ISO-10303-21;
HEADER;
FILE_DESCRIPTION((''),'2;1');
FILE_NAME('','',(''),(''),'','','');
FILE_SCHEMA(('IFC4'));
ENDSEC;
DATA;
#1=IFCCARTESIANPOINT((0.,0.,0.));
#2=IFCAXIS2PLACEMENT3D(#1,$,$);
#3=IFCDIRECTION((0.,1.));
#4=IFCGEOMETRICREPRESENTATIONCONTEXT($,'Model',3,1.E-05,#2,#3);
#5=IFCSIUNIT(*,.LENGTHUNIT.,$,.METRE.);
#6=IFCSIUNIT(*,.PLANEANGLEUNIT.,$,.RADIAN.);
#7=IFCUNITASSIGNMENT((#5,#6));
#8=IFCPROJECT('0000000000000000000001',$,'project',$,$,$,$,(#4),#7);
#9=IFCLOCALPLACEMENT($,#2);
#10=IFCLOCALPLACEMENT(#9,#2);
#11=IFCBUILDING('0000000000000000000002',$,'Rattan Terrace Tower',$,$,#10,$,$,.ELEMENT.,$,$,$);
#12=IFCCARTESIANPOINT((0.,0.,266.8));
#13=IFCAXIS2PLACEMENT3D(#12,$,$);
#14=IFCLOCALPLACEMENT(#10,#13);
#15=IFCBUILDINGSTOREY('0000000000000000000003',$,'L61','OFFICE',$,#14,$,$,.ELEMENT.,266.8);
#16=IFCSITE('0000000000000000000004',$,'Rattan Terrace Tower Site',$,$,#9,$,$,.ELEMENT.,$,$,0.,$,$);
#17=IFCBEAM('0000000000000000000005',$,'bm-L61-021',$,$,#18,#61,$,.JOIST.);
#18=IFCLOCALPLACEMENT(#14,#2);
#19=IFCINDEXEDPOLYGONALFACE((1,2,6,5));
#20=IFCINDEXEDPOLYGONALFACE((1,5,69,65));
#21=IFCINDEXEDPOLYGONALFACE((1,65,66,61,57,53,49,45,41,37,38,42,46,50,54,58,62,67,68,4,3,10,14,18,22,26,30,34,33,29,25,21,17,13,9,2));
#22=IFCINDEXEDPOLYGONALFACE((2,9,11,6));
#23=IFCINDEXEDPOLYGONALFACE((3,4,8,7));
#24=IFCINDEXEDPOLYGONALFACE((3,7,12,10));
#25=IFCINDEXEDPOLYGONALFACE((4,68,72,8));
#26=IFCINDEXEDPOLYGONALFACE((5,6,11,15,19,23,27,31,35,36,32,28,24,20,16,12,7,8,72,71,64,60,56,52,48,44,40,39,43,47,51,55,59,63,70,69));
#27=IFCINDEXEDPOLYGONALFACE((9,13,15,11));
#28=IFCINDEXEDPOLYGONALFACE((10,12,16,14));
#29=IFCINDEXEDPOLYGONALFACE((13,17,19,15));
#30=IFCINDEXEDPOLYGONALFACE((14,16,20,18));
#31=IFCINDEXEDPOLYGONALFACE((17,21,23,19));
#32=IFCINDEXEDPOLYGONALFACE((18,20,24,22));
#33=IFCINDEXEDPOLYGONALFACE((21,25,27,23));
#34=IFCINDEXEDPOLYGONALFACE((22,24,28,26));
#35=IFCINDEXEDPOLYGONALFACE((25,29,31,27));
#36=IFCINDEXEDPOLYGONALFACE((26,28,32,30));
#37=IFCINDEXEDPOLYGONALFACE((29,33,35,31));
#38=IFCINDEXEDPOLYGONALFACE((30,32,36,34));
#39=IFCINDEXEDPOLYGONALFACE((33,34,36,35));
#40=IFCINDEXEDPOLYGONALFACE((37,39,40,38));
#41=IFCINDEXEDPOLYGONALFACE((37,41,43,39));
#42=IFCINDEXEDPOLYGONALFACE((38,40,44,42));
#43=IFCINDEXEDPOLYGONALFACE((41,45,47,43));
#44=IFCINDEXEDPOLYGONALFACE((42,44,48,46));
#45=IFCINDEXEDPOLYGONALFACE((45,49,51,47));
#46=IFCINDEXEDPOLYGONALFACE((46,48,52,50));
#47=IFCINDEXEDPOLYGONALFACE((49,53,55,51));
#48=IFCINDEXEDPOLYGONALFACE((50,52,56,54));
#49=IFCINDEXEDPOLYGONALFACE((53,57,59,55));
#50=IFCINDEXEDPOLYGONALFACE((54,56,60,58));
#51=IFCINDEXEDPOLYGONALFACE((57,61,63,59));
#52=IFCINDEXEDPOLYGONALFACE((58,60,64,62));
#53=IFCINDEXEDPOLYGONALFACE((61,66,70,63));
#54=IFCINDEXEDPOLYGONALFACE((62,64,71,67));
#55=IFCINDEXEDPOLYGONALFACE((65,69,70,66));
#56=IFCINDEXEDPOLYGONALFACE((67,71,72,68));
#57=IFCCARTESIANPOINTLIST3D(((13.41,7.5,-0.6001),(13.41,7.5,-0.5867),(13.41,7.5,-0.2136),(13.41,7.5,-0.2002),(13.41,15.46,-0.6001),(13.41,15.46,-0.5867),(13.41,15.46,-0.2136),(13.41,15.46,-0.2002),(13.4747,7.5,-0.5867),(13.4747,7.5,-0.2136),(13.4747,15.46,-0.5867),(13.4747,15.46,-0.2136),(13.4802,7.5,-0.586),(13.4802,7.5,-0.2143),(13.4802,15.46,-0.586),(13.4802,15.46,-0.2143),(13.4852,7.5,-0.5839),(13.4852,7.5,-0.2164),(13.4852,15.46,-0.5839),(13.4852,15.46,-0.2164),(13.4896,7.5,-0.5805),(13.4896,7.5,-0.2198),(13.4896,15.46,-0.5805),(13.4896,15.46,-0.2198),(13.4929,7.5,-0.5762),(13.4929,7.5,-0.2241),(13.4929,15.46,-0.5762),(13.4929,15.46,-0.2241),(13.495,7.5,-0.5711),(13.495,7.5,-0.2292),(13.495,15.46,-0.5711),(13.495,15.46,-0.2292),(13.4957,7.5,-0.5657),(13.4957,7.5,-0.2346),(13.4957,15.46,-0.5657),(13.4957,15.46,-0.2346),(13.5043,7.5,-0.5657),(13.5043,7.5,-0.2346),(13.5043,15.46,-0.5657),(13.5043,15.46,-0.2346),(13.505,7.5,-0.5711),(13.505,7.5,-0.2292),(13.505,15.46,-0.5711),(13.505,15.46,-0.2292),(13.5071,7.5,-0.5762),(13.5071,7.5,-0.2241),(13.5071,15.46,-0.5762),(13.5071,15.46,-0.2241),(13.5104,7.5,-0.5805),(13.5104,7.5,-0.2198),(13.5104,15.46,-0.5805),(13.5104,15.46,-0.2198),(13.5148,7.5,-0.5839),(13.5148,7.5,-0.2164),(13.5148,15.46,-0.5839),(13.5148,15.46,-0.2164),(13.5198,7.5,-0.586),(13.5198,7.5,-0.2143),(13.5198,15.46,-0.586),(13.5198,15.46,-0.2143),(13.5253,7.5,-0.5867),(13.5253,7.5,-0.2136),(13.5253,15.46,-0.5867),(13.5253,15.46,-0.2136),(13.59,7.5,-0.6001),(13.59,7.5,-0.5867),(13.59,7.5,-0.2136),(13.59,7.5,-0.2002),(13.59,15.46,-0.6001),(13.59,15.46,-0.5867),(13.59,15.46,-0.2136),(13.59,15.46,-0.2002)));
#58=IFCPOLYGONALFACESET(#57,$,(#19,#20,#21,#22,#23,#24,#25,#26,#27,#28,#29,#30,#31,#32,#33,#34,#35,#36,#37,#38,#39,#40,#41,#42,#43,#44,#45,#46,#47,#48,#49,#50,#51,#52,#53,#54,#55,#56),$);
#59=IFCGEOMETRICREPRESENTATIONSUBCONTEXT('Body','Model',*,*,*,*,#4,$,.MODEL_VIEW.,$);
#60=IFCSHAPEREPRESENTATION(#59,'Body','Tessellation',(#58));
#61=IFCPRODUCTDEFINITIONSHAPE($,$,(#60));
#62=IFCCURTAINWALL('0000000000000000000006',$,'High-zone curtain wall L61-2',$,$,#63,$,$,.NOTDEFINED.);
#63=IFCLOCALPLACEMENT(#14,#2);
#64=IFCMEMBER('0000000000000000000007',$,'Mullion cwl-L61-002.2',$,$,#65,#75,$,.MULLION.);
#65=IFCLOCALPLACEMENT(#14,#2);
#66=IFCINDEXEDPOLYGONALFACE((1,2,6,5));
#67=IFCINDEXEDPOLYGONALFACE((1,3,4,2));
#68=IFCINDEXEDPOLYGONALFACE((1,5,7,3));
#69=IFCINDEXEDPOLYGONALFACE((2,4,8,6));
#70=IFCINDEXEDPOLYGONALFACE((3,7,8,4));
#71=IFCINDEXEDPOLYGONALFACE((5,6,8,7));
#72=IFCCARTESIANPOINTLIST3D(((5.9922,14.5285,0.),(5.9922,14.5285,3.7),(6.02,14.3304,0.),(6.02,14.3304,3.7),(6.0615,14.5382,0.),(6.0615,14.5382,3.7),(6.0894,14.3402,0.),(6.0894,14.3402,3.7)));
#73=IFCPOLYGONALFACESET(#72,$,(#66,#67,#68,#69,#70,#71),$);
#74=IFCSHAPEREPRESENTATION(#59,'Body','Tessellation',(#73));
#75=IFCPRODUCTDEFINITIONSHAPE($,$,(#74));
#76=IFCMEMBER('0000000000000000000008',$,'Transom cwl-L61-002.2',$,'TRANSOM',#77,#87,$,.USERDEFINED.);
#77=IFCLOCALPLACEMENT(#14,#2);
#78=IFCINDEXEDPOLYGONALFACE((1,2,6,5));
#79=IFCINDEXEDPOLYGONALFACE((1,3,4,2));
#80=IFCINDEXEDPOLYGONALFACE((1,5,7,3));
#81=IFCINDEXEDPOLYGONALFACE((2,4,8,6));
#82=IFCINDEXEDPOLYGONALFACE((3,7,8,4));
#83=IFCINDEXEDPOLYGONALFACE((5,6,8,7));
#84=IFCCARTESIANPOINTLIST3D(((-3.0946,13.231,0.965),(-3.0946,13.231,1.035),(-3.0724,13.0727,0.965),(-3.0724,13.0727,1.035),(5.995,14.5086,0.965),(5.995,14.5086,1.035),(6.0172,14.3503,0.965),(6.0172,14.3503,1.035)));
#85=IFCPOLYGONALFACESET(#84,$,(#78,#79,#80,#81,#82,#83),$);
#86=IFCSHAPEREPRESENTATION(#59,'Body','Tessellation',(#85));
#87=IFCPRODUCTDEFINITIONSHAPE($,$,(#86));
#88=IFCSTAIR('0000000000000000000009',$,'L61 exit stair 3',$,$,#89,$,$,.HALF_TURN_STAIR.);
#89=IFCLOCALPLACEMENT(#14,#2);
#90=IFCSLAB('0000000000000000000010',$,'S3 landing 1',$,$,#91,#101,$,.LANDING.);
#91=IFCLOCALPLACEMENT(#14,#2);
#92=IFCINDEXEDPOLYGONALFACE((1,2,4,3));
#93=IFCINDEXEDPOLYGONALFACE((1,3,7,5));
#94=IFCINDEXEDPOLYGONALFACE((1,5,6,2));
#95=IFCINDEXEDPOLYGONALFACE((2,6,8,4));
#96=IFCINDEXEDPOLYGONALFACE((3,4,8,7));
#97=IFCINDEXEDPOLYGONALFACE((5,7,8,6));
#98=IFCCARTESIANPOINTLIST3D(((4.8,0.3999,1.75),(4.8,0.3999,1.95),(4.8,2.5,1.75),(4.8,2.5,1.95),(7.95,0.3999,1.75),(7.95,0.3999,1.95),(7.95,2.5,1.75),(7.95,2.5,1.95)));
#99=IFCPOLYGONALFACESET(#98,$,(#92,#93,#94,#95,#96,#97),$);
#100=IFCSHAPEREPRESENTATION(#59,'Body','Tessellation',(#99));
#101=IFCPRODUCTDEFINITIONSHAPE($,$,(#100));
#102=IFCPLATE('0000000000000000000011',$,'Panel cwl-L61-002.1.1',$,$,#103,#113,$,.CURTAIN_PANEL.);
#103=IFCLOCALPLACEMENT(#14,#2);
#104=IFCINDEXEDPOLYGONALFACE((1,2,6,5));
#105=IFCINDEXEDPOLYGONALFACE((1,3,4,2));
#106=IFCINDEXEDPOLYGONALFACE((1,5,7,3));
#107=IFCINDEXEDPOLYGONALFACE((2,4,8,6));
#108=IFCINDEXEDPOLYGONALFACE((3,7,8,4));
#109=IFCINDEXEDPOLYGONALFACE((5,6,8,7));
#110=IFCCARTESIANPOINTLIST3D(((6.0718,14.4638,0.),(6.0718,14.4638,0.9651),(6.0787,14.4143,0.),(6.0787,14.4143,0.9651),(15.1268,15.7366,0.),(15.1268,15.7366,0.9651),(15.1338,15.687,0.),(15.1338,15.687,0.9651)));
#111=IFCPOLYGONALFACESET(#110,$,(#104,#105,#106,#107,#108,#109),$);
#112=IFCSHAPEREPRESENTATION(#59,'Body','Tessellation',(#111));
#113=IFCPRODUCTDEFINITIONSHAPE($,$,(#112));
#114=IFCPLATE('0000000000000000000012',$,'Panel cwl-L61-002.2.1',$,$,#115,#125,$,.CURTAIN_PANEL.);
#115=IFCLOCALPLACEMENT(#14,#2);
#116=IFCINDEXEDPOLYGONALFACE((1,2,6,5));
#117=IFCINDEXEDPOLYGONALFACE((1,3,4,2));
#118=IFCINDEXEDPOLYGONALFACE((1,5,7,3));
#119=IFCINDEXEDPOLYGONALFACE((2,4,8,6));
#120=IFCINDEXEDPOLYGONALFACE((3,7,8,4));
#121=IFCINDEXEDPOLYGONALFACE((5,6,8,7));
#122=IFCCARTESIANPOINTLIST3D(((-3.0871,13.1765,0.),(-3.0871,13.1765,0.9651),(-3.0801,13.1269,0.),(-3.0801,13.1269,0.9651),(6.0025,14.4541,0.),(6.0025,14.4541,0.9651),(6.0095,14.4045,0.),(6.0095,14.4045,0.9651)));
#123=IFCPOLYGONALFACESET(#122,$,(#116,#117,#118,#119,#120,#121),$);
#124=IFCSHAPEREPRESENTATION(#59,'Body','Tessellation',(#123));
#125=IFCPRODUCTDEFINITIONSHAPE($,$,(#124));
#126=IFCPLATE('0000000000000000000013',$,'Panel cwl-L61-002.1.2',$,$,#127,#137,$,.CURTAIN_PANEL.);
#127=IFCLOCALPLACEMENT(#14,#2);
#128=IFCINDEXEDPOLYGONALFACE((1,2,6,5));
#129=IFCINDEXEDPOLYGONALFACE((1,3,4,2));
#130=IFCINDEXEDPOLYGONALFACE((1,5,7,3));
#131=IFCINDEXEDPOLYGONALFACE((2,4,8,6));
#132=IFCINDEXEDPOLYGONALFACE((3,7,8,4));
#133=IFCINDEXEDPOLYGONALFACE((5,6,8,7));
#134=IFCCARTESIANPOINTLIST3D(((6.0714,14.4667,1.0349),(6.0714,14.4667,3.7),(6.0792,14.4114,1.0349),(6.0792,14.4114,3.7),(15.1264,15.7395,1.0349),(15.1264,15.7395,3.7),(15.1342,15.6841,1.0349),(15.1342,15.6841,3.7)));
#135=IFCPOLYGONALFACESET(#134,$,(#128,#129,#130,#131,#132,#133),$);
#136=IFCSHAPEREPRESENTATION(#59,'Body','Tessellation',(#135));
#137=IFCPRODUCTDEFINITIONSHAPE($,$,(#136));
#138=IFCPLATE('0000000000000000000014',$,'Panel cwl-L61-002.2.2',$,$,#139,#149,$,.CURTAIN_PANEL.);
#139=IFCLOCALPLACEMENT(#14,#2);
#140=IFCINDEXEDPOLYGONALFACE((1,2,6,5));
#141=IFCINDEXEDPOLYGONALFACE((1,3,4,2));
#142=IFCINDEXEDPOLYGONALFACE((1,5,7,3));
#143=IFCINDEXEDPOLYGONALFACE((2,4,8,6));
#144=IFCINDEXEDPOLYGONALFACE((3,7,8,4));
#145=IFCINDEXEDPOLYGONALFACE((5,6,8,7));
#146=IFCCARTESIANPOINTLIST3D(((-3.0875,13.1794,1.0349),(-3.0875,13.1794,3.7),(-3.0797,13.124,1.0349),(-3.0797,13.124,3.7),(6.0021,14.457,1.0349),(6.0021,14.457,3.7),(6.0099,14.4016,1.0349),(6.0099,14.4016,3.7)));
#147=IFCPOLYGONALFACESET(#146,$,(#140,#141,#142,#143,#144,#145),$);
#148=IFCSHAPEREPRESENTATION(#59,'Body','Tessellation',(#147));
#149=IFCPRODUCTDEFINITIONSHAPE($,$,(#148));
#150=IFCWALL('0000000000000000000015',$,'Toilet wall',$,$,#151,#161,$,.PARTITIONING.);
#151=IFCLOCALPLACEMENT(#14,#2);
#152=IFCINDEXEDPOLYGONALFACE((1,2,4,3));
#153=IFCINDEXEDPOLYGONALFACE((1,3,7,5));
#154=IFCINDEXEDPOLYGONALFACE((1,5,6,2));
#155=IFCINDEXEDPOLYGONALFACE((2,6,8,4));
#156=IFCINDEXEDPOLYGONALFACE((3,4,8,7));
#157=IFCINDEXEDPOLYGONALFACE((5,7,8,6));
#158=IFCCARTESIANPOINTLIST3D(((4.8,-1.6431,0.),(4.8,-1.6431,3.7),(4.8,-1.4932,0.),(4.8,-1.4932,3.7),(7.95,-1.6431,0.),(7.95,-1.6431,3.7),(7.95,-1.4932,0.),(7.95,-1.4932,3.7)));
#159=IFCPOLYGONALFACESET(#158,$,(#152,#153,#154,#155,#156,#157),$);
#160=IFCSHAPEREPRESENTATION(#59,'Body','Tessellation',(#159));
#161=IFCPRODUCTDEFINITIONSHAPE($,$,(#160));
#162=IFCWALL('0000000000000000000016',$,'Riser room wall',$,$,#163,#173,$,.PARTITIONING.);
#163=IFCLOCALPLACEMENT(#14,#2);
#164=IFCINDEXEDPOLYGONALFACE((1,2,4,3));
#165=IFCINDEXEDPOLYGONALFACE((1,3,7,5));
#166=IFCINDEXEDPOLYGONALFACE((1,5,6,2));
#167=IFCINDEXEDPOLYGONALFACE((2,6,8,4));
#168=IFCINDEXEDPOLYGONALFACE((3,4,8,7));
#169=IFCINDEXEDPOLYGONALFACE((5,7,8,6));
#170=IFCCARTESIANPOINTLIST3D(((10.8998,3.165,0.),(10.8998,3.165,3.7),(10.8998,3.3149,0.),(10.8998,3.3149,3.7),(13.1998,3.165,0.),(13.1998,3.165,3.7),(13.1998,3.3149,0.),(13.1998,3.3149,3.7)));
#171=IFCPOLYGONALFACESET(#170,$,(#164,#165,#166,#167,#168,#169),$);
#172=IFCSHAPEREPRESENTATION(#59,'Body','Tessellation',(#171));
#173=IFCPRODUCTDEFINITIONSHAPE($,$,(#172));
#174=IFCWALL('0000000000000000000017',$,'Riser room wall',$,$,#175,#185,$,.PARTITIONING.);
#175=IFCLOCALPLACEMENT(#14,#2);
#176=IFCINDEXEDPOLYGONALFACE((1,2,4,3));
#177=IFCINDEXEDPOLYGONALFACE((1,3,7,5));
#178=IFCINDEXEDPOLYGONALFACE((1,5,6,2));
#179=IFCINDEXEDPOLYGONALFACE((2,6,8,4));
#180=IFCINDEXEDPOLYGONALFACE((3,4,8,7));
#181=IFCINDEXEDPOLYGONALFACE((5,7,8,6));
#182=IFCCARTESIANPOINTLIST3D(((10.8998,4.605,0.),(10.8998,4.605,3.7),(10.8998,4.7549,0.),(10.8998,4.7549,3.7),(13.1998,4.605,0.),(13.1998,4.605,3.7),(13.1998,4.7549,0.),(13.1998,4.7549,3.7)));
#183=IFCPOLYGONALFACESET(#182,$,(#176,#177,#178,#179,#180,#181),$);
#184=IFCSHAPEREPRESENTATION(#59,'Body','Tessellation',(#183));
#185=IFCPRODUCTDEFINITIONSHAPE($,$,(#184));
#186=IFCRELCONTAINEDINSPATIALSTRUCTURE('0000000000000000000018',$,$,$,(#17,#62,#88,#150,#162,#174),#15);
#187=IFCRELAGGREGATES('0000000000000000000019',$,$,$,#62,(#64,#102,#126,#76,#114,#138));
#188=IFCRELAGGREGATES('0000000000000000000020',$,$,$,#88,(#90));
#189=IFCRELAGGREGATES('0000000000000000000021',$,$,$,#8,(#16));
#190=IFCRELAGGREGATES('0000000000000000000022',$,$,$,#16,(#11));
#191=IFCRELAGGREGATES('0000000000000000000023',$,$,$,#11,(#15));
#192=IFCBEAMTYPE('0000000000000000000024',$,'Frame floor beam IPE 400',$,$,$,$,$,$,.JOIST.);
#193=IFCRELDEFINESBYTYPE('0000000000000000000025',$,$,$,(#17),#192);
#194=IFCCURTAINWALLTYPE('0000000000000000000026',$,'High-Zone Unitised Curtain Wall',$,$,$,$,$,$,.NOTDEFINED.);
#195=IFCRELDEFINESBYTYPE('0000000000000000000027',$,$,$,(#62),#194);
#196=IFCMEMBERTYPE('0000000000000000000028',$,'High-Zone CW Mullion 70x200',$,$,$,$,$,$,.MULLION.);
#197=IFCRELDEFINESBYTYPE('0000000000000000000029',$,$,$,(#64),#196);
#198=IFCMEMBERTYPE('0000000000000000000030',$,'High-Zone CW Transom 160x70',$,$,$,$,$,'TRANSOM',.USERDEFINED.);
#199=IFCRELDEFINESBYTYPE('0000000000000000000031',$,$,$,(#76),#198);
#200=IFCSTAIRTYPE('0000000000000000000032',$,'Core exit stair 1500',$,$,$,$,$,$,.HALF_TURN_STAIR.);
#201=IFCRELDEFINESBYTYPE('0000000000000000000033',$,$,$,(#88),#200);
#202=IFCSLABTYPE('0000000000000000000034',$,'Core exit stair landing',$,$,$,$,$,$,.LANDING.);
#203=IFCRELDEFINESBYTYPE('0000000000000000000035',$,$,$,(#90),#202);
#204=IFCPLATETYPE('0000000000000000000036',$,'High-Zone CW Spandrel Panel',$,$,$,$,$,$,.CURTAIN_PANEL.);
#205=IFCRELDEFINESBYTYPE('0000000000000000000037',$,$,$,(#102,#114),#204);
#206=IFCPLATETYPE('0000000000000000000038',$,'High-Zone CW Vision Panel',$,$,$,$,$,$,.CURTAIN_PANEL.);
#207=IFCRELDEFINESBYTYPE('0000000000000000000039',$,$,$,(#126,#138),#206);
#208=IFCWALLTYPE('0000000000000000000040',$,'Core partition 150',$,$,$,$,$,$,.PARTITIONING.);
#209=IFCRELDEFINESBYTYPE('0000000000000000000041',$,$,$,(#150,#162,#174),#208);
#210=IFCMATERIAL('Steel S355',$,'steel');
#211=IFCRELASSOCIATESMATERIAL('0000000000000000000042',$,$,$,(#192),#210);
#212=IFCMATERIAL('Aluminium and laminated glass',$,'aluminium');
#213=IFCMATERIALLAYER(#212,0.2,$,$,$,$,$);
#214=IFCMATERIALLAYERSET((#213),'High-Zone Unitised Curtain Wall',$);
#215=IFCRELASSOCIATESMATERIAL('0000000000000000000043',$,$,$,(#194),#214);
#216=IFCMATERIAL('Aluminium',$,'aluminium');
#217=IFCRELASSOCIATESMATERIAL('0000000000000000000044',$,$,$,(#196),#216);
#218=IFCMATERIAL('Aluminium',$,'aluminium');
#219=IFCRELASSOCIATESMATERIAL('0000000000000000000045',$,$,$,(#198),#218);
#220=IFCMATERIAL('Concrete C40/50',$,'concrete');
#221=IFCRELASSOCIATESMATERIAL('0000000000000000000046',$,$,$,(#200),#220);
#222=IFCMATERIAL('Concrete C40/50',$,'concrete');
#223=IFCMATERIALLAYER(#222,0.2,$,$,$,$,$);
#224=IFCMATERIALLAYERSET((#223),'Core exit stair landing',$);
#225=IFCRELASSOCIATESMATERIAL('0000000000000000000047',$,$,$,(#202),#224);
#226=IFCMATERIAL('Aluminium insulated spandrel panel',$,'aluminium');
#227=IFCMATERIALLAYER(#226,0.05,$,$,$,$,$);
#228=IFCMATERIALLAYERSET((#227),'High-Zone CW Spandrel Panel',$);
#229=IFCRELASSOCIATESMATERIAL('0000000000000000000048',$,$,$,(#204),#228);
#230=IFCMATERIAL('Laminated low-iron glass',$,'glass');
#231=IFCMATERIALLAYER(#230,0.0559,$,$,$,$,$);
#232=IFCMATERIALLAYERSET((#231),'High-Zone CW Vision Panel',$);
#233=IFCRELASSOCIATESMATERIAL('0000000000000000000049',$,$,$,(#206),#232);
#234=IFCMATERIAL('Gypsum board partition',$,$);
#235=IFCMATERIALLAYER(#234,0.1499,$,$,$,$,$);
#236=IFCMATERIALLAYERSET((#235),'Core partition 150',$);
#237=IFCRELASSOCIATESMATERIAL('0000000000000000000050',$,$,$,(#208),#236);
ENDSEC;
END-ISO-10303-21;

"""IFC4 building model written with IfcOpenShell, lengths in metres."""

from ifc_helpers import new_model, si_unit, direction, frame, frame_2d, origin, origin_2d, place, context, subcontext, project, spatial, polyline, rectangle, i_section, outline, extrude, material, layer, layer_set, material_profile, profile_set, type_object, element, aggregate, save


model = new_model("IFC4")

# Units and contexts
model_context = context("Model", 3, precision=1e-05, world=origin(), true_north=direction((0.0, 1.0)))
body_context = subcontext(model_context, "Body", "Model", "MODEL_VIEW")
ifc_project = project(units=[si_unit("LENGTHUNIT", "METRE"), si_unit("PLANEANGLEUNIT", "RADIAN")], contexts=[model_context])

# Site, building, storey
site_placement = place(None, origin())
site = spatial("IfcSite", under=ifc_project, at=site_placement, Name="Rattan Terrace Tower Site", CompositionType="ELEMENT", RefElevation=0.0)
building_placement = place(site_placement, origin())
building = spatial("IfcBuilding", under=site, at=building_placement, Name="Rattan Terrace Tower", CompositionType="ELEMENT")
storey_placement = place(building_placement, frame((0.0, 0.0, 266.8)))
storey = spatial("IfcBuildingStorey", under=building, at=storey_placement, Name="L61", Description="OFFICE", CompositionType="ELEMENT", Elevation=266.8)

# Beam
ifc_material_1 = material(Name="Steel S355", Category="steel")
ifc_material_profile_1 = material_profile(ifc_material_1, i_section(OverallWidth=0.1799, OverallDepth=0.3999, WebThickness=0.0085, FlangeThickness=0.0134, FilletRadius=0.021, at=origin_2d()), Name="IPE 400")
ifc_profile_set_1 = profile_set([ifc_material_profile_1], Name="Steel S355")
beam_type_1 = type_object("IfcBeamType", Name="Frame floor beam IPE 400", PredefinedType="JOIST", material=ifc_profile_set_1)
beam_1_placement = place(storey_placement, frame((13.5, 7.5, -0.4001), z_axis=(0.0, 1.0, 0.0), x_axis=(-1.0, 0.0, 0.0)))
element("IfcBeam", 1, at=beam_1_placement, inside=storey, type_object=beam_type_1, Name="bm-L61-021", PredefinedType="JOIST", context=body_context, shape_type="SweptSolid", body=[
    extrude(i_section(OverallWidth=0.1799, OverallDepth=0.3999, WebThickness=0.0085, FlangeThickness=0.0134, FilletRadius=0.021, at=origin_2d()), origin(), (0.0, 0.0, 1.0), 7.96),
])

# Curtain wall, members
ifc_material_2 = material(Name="Aluminium and laminated glass", Category="aluminium")
ifc_layer_1 = layer(ifc_material_2, 0.2)
ifc_layer_set_1 = layer_set([ifc_layer_1], Name="High-Zone Unitised Curtain Wall")
curtain_wall_type = type_object("IfcCurtainWallType", Name="High-Zone Unitised Curtain Wall", PredefinedType="NOTDEFINED", material=ifc_layer_set_1)
curtain_wall_placement = place(storey_placement, origin())
curtain_wall = element("IfcCurtainWall", 2, at=curtain_wall_placement, inside=storey, type_object=curtain_wall_type, Name="High-zone curtain wall L61-2", PredefinedType="NOTDEFINED")
ifc_material_3 = material(Name="Aluminium", Category="aluminium")
ifc_material_profile_2 = material_profile(ifc_material_3, rectangle(XDim=0.0701, YDim=0.2, at=origin_2d()), Name="Aluminium 70x200")
ifc_profile_set_2 = profile_set([ifc_material_profile_2], Name="Aluminium")
member_type_1 = type_object("IfcMemberType", Name="High-Zone CW Mullion 70x200", PredefinedType="MULLION", material=ifc_profile_set_2)
member_1_placement = place(storey_placement, frame((6.0408, 14.4343, 0.0), z_axis=(0.0, 0.0, 1.0), x_axis=(-0.990266, -0.139189, 0.0)))
member_1 = element("IfcMember", 3, at=member_1_placement, type_object=member_type_1, Name="Mullion cwl-L61-002.2", PredefinedType="MULLION", context=body_context, shape_type="SweptSolid", body=[
    extrude(rectangle(XDim=0.0701, YDim=0.2, at=origin_2d()), origin(), (0.0, 0.0, 1.0), 3.7),
])
ifc_material_4 = material(Name="Aluminium", Category="aluminium")
ifc_material_profile_3 = material_profile(ifc_material_4, rectangle(XDim=0.1599, YDim=0.0701, at=origin_2d()), Name="Aluminium 160x70")
ifc_profile_set_3 = profile_set([ifc_material_profile_3], Name="Aluminium")
member_type_2 = type_object("IfcMemberType", Name="High-Zone CW Transom 160x70", ElementType="TRANSOM", PredefinedType="USERDEFINED", material=ifc_profile_set_3)
member_2_placement = place(storey_placement, frame((6.0061, 14.4294, 1.0), z_axis=(-0.990266, -0.139187, 0.0), x_axis=(0.139187, -0.990266, 0.0)))
member_2 = element("IfcMember", 4, at=member_2_placement, type_object=member_type_2, Name="Transom cwl-L61-002.2", ObjectType="TRANSOM", PredefinedType="USERDEFINED", context=body_context, shape_type="SweptSolid", body=[
    extrude(rectangle(XDim=0.1599, YDim=0.0701, at=origin_2d()), origin(), (0.0, 0.0, 1.0), 9.179),
])

# Stair, slab
ifc_material_5 = material(Name="Concrete C40/50", Category="concrete")
stair_type = type_object("IfcStairType", Name="Core exit stair 1500", PredefinedType="HALF_TURN_STAIR", material=ifc_material_5)
stair_placement = place(storey_placement, origin())
stair = element("IfcStair", 5, at=stair_placement, inside=storey, type_object=stair_type, Name="L61 exit stair 3", PredefinedType="HALF_TURN_STAIR")
ifc_material_6 = material(Name="Concrete C40/50", Category="concrete")
ifc_layer_2 = layer(ifc_material_6, 0.2)
ifc_layer_set_2 = layer_set([ifc_layer_2], Name="Core exit stair landing")
slab_type = type_object("IfcSlabType", Name="Core exit stair landing", PredefinedType="LANDING", material=ifc_layer_set_2)
slab_placement = place(storey_placement, frame((0.0, 0.0, 1.75)))
slab = element("IfcSlab", 6, at=slab_placement, type_object=slab_type, Name="S3 landing 1", PredefinedType="LANDING", context=body_context, shape_type="SweptSolid", body=[
    extrude(outline(polyline([(4.8, 2.5), (4.8, 0.3999), (7.95, 0.3999), (7.95, 2.5), (4.8, 2.5)])), origin(), (0.0, 0.0, 1.0), 0.2),
])

# Plates
ifc_material_7 = material(Name="Aluminium insulated spandrel panel", Category="aluminium")
ifc_layer_3 = layer(ifc_material_7, 0.05)
ifc_layer_set_3 = layer_set([ifc_layer_3], Name="High-Zone CW Spandrel Panel")
plate_type_1 = type_object("IfcPlateType", Name="High-Zone CW Spandrel Panel", PredefinedType="CURTAIN_PANEL", material=ifc_layer_set_3)
plate_1_placement = place(storey_placement, frame((10.6028, 15.0754, 0.0), z_axis=(0.0, 0.0, 1.0), x_axis=(-0.990266, -0.139189, 0.0)))
plate_1 = element("IfcPlate", 7, at=plate_1_placement, type_object=plate_type_1, Name="Panel cwl-L61-002.1.1", PredefinedType="CURTAIN_PANEL", context=body_context, shape_type="SweptSolid", body=[
    extrude(rectangle(XDim=9.144, YDim=0.05, at=origin_2d()), origin(), (0.0, 0.0, 1.0), 0.9651),
])
plate_2_placement = place(storey_placement, frame((1.4612, 13.7905, 0.0), z_axis=(0.0, 0.0, 1.0), x_axis=(-0.990266, -0.139189, 0.0)))
plate_2 = element("IfcPlate", 8, at=plate_2_placement, type_object=plate_type_1, Name="Panel cwl-L61-002.2.1", PredefinedType="CURTAIN_PANEL", context=body_context, shape_type="SweptSolid", body=[
    extrude(rectangle(XDim=9.179, YDim=0.05, at=origin_2d()), origin(), (0.0, 0.0, 1.0), 0.9651),
])
ifc_material_8 = material(Name="Laminated low-iron glass", Category="glass")
ifc_layer_4 = layer(ifc_material_8, 0.0559)
ifc_layer_set_4 = layer_set([ifc_layer_4], Name="High-Zone CW Vision Panel")
plate_type_2 = type_object("IfcPlateType", Name="High-Zone CW Vision Panel", PredefinedType="CURTAIN_PANEL", material=ifc_layer_set_4)
plate_3_placement = place(storey_placement, frame((10.6028, 15.0754, 1.0349), z_axis=(0.0, 0.0, 1.0), x_axis=(-0.990266, -0.139189, 0.0)))
plate_3 = element("IfcPlate", 9, at=plate_3_placement, type_object=plate_type_2, Name="Panel cwl-L61-002.1.2", PredefinedType="CURTAIN_PANEL", context=body_context, shape_type="SweptSolid", body=[
    extrude(rectangle(XDim=9.144, YDim=0.0559, at=origin_2d()), origin(), (0.0, 0.0, 1.0), 2.665),
])
plate_4_placement = place(storey_placement, frame((1.4612, 13.7905, 1.0349), z_axis=(0.0, 0.0, 1.0), x_axis=(-0.990266, -0.139189, 0.0)))
plate_4 = element("IfcPlate", 10, at=plate_4_placement, type_object=plate_type_2, Name="Panel cwl-L61-002.2.2", PredefinedType="CURTAIN_PANEL", context=body_context, shape_type="SweptSolid", body=[
    extrude(rectangle(XDim=9.179, YDim=0.0559, at=origin_2d()), origin(), (0.0, 0.0, 1.0), 2.665),
])
aggregate(curtain_wall, [member_1, plate_1, plate_3, member_2, plate_2, plate_4])

# Walls
ifc_material_9 = material(Name="Gypsum board partition")
ifc_layer_5 = layer(ifc_material_9, 0.1499)
ifc_layer_set_5 = layer_set([ifc_layer_5], Name="Core partition 150")
wall_type_1 = type_object("IfcWallType", Name="Core partition 150", PredefinedType="PARTITIONING", material=ifc_layer_set_5)
wall_1_placement = place(storey_placement, frame((4.8, -1.5681, 0.0), z_axis=(0.0, 0.0, 1.0), x_axis=(1.0, 0.0, 0.0)))
element("IfcWall", 11, at=wall_1_placement, inside=storey, type_object=wall_type_1, Name="Toilet wall", PredefinedType="PARTITIONING", context=body_context, shape_type="SweptSolid", body=[
    extrude(rectangle(XDim=3.1499, YDim=0.1499, at=frame_2d((1.575, 0.0))), origin(), (0.0, 0.0, 1.0), 3.7),
])
for number, where, z_axis, x_axis, name in (
    (12, (10.8999, 3.24, 0.0), (0.0, 0.0, 1.0), (1.0, 0.0, 0.0), "Riser room wall"),
    (13, (10.8999, 4.6799, 0.0), (0.0, 0.0, 1.0), (1.0, 0.0, 0.0), "Riser room wall"),
):
    element("IfcWall", number, at=place(storey_placement, frame(where, z_axis=z_axis, x_axis=x_axis)), inside=storey, type_object=wall_type_1, Name=name, PredefinedType="PARTITIONING", context=body_context, shape_type="SweptSolid", body=[
        extrude(rectangle(XDim=2.3, YDim=0.1499, at=frame_2d((1.1499, 0.0))), origin(), (0.0, 0.0, 1.0), 3.7),
    ])

aggregate(stair, [slab])

save(model, "model.ifc")
